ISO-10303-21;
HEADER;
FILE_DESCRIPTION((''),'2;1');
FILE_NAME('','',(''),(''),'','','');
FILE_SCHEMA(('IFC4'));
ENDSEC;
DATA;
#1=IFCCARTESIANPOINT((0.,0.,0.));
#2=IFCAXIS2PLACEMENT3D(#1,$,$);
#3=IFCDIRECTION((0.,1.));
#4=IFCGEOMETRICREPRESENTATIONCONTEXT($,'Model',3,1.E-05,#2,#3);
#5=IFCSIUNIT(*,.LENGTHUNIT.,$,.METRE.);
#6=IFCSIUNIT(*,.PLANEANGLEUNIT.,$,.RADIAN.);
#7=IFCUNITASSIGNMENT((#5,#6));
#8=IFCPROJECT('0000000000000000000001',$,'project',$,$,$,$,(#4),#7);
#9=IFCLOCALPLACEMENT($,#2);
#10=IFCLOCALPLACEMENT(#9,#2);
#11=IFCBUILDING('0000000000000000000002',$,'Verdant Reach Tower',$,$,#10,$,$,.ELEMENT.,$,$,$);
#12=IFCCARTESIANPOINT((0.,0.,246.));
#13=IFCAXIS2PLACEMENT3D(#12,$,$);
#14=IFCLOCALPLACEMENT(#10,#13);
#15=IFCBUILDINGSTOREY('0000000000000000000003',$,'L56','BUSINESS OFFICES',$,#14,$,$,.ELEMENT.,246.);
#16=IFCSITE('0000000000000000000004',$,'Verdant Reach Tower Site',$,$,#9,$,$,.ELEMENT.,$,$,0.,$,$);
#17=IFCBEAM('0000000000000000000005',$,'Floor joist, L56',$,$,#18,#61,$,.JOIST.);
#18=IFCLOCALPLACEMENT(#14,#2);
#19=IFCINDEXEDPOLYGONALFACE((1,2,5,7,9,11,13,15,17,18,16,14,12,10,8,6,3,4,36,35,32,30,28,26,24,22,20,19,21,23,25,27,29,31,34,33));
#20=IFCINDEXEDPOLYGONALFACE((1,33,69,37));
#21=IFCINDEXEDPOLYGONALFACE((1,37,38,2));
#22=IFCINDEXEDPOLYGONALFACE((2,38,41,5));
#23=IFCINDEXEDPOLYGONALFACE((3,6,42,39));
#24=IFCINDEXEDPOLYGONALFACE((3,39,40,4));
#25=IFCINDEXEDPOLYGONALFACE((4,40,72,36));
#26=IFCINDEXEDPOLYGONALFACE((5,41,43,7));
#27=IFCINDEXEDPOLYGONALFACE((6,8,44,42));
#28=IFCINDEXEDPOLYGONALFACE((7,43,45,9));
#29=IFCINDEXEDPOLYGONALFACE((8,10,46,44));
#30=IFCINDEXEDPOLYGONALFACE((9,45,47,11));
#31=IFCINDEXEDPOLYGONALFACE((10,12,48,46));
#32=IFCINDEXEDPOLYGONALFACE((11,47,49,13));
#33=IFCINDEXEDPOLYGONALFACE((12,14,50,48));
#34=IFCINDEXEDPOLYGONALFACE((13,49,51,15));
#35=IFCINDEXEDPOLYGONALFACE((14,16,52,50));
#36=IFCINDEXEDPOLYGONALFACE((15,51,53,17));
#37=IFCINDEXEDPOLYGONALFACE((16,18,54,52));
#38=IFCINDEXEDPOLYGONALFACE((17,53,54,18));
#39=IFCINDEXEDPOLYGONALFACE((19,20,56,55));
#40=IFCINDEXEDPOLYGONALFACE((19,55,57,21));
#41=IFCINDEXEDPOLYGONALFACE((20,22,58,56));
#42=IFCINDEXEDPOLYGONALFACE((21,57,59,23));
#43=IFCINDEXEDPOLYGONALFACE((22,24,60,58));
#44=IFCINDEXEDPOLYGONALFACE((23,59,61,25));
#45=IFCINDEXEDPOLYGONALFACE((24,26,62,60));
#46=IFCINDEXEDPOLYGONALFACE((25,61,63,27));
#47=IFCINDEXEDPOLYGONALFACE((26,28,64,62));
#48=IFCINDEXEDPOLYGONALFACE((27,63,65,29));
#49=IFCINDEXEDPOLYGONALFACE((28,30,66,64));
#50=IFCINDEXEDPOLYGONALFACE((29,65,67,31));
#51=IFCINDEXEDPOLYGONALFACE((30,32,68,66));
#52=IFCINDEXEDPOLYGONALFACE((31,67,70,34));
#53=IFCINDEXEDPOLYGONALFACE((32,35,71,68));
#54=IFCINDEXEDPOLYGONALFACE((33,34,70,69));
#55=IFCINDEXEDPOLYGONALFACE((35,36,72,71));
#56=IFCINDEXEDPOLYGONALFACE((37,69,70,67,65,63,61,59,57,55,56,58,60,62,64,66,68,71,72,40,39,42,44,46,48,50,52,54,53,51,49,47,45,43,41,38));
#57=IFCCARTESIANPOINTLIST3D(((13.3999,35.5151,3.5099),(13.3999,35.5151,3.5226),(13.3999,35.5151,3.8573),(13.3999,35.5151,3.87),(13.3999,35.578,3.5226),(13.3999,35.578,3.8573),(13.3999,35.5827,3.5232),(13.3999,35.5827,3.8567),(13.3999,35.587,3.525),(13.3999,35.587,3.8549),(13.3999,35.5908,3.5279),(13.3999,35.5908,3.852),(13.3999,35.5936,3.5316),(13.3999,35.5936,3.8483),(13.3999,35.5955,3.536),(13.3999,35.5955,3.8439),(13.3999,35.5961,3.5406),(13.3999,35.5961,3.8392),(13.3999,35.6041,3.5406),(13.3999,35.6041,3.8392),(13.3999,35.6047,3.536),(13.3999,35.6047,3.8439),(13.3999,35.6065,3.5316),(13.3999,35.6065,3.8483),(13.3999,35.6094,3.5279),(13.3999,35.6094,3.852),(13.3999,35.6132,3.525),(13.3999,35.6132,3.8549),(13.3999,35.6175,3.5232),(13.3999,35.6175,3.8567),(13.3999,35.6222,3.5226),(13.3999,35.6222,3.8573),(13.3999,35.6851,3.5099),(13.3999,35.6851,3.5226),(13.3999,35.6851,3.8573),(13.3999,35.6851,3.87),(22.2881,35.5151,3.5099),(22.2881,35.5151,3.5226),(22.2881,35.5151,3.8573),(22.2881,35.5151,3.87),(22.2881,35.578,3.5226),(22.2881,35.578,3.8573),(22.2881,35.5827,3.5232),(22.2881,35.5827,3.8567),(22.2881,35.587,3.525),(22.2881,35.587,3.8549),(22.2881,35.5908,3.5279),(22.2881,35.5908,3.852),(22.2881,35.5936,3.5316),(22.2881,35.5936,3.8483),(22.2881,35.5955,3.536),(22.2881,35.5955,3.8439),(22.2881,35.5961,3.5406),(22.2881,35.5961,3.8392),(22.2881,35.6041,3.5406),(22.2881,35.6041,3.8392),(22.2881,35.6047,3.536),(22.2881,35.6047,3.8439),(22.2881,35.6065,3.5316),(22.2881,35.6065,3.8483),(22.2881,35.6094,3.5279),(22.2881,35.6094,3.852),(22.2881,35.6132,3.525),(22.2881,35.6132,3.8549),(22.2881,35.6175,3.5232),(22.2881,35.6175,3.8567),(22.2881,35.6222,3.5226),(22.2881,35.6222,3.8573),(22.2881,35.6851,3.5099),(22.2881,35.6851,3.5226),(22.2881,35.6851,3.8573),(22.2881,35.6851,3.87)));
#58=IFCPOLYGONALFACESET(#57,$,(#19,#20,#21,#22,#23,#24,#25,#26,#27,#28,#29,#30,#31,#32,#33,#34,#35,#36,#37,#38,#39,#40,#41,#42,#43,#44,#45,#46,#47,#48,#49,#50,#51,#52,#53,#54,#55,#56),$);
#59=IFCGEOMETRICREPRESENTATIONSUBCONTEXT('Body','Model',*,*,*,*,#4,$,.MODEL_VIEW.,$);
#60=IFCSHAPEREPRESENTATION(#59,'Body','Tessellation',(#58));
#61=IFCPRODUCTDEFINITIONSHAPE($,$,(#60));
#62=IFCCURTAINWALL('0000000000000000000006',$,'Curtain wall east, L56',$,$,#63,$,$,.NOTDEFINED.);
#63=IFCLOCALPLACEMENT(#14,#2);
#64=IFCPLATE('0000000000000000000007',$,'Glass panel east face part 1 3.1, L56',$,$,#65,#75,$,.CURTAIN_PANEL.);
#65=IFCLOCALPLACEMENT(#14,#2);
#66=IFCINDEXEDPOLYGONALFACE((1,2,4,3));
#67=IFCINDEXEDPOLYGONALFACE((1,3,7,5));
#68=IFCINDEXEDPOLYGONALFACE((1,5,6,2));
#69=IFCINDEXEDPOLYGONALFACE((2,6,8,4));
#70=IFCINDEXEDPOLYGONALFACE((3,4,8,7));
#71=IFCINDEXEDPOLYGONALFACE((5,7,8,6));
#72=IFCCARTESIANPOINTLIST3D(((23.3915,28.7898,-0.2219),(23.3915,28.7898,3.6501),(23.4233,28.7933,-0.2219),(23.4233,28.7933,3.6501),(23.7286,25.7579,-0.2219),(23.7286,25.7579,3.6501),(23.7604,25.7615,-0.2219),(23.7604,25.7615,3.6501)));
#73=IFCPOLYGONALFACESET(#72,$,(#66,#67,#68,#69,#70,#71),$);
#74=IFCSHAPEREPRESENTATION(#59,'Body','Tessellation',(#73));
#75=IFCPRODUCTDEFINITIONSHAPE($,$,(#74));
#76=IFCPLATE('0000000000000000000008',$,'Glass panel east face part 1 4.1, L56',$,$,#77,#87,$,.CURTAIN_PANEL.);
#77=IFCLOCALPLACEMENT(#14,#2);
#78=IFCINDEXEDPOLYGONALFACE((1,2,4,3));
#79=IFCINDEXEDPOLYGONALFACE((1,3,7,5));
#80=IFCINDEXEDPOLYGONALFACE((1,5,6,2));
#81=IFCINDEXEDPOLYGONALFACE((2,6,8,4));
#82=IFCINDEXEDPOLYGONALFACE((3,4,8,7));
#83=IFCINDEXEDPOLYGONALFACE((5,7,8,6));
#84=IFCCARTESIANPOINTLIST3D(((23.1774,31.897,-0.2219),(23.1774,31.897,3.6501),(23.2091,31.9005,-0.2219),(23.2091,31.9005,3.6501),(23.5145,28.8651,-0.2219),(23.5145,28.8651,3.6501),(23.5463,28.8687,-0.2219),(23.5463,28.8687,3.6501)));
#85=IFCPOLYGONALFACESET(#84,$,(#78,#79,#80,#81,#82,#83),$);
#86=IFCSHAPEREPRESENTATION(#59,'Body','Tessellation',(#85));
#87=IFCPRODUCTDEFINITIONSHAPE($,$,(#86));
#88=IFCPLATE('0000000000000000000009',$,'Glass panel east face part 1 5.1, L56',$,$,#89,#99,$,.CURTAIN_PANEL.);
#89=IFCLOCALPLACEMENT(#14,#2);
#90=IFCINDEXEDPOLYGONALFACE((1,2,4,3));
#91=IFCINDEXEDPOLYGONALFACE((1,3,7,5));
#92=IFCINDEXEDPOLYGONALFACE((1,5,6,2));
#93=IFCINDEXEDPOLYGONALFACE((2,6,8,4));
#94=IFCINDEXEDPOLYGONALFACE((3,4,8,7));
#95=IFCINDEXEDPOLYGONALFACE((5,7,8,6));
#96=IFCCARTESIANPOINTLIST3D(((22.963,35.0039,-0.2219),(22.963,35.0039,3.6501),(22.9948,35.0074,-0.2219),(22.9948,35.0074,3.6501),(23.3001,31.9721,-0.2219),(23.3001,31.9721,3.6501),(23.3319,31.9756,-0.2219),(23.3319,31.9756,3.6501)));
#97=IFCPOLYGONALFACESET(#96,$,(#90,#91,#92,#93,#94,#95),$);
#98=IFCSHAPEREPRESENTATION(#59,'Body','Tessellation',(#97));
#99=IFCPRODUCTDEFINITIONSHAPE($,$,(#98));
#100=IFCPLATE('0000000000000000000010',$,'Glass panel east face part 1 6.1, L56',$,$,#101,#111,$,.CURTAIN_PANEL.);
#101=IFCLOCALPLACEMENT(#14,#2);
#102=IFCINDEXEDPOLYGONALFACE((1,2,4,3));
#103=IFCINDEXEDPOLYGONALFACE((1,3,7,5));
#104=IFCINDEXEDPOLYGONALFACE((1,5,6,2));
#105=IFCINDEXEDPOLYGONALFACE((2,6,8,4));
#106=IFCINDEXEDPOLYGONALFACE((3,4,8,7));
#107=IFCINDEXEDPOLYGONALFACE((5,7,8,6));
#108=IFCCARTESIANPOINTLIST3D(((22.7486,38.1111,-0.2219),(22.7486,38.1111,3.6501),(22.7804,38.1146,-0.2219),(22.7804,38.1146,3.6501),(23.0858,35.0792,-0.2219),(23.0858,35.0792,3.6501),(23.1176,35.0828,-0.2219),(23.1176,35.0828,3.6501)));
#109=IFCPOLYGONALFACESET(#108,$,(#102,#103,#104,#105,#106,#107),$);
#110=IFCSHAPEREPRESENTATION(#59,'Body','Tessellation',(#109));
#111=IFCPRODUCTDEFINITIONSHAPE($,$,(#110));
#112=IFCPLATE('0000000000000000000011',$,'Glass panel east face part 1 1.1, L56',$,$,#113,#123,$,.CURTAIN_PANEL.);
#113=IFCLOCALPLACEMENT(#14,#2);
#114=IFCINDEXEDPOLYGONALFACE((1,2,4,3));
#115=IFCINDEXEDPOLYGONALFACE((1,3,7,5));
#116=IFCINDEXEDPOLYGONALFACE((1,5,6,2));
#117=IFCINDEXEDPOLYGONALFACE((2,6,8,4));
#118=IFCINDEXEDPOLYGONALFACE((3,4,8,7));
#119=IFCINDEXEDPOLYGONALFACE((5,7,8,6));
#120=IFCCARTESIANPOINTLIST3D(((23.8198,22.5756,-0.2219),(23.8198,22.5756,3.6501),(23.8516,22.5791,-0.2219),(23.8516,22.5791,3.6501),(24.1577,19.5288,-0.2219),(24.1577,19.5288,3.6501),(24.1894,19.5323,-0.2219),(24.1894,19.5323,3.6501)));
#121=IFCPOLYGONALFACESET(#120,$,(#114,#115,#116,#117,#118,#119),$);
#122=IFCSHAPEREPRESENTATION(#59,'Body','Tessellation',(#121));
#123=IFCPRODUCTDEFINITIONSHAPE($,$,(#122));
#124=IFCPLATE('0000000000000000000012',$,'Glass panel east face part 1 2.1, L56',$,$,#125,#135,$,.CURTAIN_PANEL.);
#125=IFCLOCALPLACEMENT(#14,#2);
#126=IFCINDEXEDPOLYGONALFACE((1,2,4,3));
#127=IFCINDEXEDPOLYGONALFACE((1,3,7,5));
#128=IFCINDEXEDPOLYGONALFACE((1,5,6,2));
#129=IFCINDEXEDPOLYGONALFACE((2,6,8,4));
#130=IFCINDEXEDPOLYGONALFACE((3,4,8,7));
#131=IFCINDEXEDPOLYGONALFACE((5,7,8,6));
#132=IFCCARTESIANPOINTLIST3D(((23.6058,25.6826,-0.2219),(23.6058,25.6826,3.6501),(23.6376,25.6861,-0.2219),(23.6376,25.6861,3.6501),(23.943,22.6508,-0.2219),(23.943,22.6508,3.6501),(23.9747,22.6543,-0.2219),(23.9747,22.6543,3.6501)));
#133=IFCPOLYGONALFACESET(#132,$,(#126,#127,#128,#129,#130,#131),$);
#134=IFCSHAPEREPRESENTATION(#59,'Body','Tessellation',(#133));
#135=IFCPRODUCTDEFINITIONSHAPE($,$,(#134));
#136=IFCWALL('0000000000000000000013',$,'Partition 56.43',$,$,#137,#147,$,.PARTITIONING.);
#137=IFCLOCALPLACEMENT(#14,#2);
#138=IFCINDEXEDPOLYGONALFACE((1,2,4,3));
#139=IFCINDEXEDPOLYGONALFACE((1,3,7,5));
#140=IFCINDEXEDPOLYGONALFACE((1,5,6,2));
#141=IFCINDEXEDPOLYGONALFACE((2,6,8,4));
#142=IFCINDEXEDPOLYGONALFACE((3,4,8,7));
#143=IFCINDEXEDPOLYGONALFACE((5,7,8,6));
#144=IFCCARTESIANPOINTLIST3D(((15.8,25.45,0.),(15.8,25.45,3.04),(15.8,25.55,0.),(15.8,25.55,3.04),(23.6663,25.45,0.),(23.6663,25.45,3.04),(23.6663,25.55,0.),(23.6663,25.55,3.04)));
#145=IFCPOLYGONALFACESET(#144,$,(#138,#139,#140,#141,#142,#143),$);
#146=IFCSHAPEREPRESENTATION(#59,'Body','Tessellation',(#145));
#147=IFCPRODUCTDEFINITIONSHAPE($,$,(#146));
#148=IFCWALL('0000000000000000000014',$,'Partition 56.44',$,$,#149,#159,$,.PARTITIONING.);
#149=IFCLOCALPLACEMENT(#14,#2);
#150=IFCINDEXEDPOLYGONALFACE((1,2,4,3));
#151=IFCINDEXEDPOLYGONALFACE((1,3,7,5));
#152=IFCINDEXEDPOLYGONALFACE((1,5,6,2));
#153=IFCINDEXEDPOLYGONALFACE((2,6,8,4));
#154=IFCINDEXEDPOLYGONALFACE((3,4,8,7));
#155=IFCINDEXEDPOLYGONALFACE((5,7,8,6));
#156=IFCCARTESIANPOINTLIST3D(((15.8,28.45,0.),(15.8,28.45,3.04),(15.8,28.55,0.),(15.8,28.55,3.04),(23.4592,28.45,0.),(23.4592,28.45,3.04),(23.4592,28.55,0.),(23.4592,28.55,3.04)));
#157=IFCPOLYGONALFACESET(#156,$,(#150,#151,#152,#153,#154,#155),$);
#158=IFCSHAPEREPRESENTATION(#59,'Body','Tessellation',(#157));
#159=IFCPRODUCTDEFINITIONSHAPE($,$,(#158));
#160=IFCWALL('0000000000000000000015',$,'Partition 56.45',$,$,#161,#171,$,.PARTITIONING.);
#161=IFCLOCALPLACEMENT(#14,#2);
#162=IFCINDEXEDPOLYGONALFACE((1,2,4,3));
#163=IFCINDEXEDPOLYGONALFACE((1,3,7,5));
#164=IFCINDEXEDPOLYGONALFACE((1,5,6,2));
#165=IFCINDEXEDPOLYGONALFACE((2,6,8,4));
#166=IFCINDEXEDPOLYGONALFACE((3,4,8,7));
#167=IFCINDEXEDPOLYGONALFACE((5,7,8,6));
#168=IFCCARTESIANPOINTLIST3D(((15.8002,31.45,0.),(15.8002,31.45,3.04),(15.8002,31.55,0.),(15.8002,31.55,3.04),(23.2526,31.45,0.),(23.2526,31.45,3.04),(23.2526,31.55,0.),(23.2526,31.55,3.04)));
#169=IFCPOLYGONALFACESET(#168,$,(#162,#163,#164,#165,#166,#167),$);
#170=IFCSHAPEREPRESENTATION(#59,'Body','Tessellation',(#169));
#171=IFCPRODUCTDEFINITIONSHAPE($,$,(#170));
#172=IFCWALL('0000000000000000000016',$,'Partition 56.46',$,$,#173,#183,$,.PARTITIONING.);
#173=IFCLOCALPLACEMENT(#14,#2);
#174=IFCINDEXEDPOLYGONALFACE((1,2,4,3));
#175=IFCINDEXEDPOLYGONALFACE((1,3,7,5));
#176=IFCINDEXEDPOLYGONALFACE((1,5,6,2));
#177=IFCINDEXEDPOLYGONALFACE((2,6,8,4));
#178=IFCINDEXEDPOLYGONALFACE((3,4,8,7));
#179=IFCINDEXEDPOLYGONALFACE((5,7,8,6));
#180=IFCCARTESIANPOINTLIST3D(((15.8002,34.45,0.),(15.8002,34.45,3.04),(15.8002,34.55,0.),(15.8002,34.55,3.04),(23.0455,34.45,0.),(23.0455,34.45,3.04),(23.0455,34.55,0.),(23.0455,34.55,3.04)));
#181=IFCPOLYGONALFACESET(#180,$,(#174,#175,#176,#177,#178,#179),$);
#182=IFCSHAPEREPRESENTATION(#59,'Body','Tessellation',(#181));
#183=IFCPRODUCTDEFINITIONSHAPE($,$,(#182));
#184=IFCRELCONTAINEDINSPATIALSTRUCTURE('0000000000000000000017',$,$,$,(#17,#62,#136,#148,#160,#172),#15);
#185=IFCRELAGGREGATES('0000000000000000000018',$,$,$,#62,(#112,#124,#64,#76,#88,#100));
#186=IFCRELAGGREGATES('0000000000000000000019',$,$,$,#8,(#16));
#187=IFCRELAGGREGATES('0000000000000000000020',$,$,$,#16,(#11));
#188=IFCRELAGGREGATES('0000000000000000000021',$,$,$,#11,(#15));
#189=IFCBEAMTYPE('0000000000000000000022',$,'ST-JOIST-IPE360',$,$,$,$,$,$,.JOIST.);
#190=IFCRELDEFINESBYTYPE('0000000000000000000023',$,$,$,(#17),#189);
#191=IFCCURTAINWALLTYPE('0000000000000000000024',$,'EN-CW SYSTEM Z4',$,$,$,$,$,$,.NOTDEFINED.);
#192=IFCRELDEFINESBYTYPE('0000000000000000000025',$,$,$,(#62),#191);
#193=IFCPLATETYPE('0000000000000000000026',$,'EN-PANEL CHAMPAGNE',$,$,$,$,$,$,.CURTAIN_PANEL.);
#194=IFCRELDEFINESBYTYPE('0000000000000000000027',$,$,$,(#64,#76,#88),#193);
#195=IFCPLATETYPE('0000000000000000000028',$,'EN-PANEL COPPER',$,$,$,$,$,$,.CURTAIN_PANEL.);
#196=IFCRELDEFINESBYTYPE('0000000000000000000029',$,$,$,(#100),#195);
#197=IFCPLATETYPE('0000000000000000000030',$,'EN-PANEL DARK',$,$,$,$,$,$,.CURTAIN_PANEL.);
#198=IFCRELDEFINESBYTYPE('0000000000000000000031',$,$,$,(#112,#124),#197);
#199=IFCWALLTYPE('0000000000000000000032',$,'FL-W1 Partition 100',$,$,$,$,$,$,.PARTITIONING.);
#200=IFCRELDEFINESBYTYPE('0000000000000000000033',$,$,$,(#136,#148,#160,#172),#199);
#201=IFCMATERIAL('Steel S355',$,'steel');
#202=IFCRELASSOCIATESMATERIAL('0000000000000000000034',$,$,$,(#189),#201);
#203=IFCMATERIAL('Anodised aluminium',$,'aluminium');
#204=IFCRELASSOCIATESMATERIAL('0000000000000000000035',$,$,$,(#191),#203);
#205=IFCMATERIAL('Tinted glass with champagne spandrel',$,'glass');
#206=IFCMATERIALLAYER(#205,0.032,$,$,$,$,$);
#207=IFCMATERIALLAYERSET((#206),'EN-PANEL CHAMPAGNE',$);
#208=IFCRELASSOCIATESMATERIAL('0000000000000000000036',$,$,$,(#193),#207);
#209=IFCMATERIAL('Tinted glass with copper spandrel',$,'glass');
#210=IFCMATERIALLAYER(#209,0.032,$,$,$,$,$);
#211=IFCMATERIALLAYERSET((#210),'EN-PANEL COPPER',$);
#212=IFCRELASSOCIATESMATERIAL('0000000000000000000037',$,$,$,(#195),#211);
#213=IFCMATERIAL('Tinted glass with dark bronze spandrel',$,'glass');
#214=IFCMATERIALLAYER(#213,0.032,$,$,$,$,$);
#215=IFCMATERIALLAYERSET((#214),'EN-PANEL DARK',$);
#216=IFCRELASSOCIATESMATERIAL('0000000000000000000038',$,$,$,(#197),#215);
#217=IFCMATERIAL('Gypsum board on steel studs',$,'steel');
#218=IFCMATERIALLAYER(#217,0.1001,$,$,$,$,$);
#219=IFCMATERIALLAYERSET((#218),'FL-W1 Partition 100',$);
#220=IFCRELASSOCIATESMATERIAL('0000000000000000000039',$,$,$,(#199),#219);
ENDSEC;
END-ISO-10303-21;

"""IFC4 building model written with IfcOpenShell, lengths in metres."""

from ifc_helpers import new_model, si_unit, direction, frame, frame_2d, origin, origin_2d, place, context, subcontext, project, spatial, rectangle, i_section, extrude, material, layer, layer_set, material_profile, profile_set, type_object, element, aggregate, save


model = new_model("IFC4")

# Units and contexts
model_context = context("Model", 3, precision=1e-05, world=origin(), true_north=direction((0.0, 1.0)))
body_context = subcontext(model_context, "Body", "Model", "MODEL_VIEW")
ifc_project = project(units=[si_unit("LENGTHUNIT", "METRE"), si_unit("PLANEANGLEUNIT", "RADIAN")], contexts=[model_context])

# Site, building, storey
site_placement = place(None, origin())
site = spatial("IfcSite", under=ifc_project, at=site_placement, Name="Verdant Reach Tower Site", CompositionType="ELEMENT", RefElevation=0.0)
building_placement = place(site_placement, origin())
building = spatial("IfcBuilding", under=site, at=building_placement, Name="Verdant Reach Tower", CompositionType="ELEMENT")
storey_placement = place(building_placement, frame((0.0, 0.0, 246.0)))
storey = spatial("IfcBuildingStorey", under=building, at=storey_placement, Name="L56", Description="BUSINESS OFFICES", CompositionType="ELEMENT", Elevation=246.0)

# Beam
ifc_material_1 = material(Name="Steel S355", Category="steel")
ifc_material_profile_1 = material_profile(ifc_material_1, i_section(OverallWidth=0.1699, OverallDepth=0.3601, WebThickness=0.0081, FlangeThickness=0.0127, FilletRadius=0.0181, at=origin_2d()), Name="IPE 360")
ifc_profile_set_1 = profile_set([ifc_material_profile_1], Name="Steel S355")
beam_type_1 = type_object("IfcBeamType", Name="ST-JOIST-IPE360", PredefinedType="JOIST", material=ifc_profile_set_1)
beam_1_placement = place(storey_placement, frame((13.3999, 35.6001, 3.6899), z_axis=(1.0, 0.0, 0.0), x_axis=(0.0, 1.0, 0.0)))
element("IfcBeam", 1, at=beam_1_placement, inside=storey, type_object=beam_type_1, Name="Floor joist, L56", PredefinedType="JOIST", context=body_context, shape_type="SweptSolid", body=[
    extrude(i_section(OverallWidth=0.1699, OverallDepth=0.3601, WebThickness=0.0081, FlangeThickness=0.0127, FilletRadius=0.0181, at=origin_2d()), origin(), (0.0, 0.0, 1.0), 8.8882),
])

# Curtain wall, plates
ifc_material_2 = material(Name="Anodised aluminium", Category="aluminium")
curtain_wall_type = type_object("IfcCurtainWallType", Name="EN-CW SYSTEM Z4", PredefinedType="NOTDEFINED", material=ifc_material_2)
curtain_wall_placement = place(storey_placement, origin())
curtain_wall = element("IfcCurtainWall", 2, at=curtain_wall_placement, inside=storey, type_object=curtain_wall_type, Name="Curtain wall east, L56", PredefinedType="NOTDEFINED")
ifc_material_3 = material(Name="Tinted glass with champagne spandrel", Category="glass")
ifc_layer_1 = layer(ifc_material_3, 0.032)
ifc_layer_set_1 = layer_set([ifc_layer_1], Name="EN-PANEL CHAMPAGNE")
plate_type_1 = type_object("IfcPlateType", Name="EN-PANEL CHAMPAGNE", PredefinedType="CURTAIN_PANEL", material=ifc_layer_set_1)
plate_1_placement = place(storey_placement, frame((23.5759, 27.2756, -0.2219), z_axis=(0.0, 0.0, 1.0), x_axis=(-0.110518, 0.993874, 0.0)))
plate_1 = element("IfcPlate", 3, at=plate_1_placement, type_object=plate_type_1, Name="Glass panel east face part 1 3.1, L56", PredefinedType="CURTAIN_PANEL", context=body_context, shape_type="SweptSolid", body=[
    extrude(rectangle(XDim=3.0505, YDim=0.032, at=origin_2d()), origin(), (0.0, 0.0, 1.0), 3.8721),
])
plate_2_placement = place(storey_placement, frame((23.3618, 30.3828, -0.2219), z_axis=(0.0, 0.0, 1.0), x_axis=(-0.110518, 0.993874, 0.0)))
plate_2 = element("IfcPlate", 4, at=plate_2_placement, type_object=plate_type_1, Name="Glass panel east face part 1 4.1, L56", PredefinedType="CURTAIN_PANEL", context=body_context, shape_type="SweptSolid", body=[
    extrude(rectangle(XDim=3.0505, YDim=0.032, at=origin_2d()), origin(), (0.0, 0.0, 1.0), 3.8721),
])
plate_3_placement = place(storey_placement, frame((23.1475, 33.4897, -0.2219), z_axis=(0.0, 0.0, 1.0), x_axis=(-0.110518, 0.993874, 0.0)))
plate_3 = element("IfcPlate", 5, at=plate_3_placement, type_object=plate_type_1, Name="Glass panel east face part 1 5.1, L56", PredefinedType="CURTAIN_PANEL", context=body_context, shape_type="SweptSolid", body=[
    extrude(rectangle(XDim=3.0505, YDim=0.032, at=origin_2d()), origin(), (0.0, 0.0, 1.0), 3.8721),
])
ifc_material_4 = material(Name="Tinted glass with copper spandrel", Category="glass")
ifc_layer_2 = layer(ifc_material_4, 0.032)
ifc_layer_set_2 = layer_set([ifc_layer_2], Name="EN-PANEL COPPER")
plate_type_2 = type_object("IfcPlateType", Name="EN-PANEL COPPER", PredefinedType="CURTAIN_PANEL", material=ifc_layer_set_2)
plate_4_placement = place(storey_placement, frame((22.9331, 36.5969, -0.2219), z_axis=(0.0, 0.0, 1.0), x_axis=(-0.110518, 0.993874, 0.0)))
plate_4 = element("IfcPlate", 6, at=plate_4_placement, type_object=plate_type_2, Name="Glass panel east face part 1 6.1, L56", PredefinedType="CURTAIN_PANEL", context=body_context, shape_type="SweptSolid", body=[
    extrude(rectangle(XDim=3.0505, YDim=0.032, at=origin_2d()), origin(), (0.0, 0.0, 1.0), 3.8721),
])
ifc_material_5 = material(Name="Tinted glass with dark bronze spandrel", Category="glass")
ifc_layer_3 = layer(ifc_material_5, 0.032)
ifc_layer_set_3 = layer_set([ifc_layer_3], Name="EN-PANEL DARK")
plate_type_3 = type_object("IfcPlateType", Name="EN-PANEL DARK", PredefinedType="CURTAIN_PANEL", material=ifc_layer_set_3)
plate_5_placement = place(storey_placement, frame((24.0046, 21.054, -0.2219), z_axis=(0.0, 0.0, 1.0), x_axis=(-0.110206, 0.993909, 0.0)))
plate_5 = element("IfcPlate", 7, at=plate_5_placement, type_object=plate_type_3, Name="Glass panel east face part 1 1.1, L56", PredefinedType="CURTAIN_PANEL", context=body_context, shape_type="SweptSolid", body=[
    extrude(rectangle(XDim=3.0654, YDim=0.032, at=origin_2d()), origin(), (0.0, 0.0, 1.0), 3.8721),
])
plate_6_placement = place(storey_placement, frame((23.7903, 24.1685, -0.2219), z_axis=(0.0, 0.0, 1.0), x_axis=(-0.110518, 0.993874, 0.0)))
plate_6 = element("IfcPlate", 8, at=plate_6_placement, type_object=plate_type_3, Name="Glass panel east face part 1 2.1, L56", PredefinedType="CURTAIN_PANEL", context=body_context, shape_type="SweptSolid", body=[
    extrude(rectangle(XDim=3.0505, YDim=0.032, at=origin_2d()), origin(), (0.0, 0.0, 1.0), 3.8721),
])
aggregate(curtain_wall, [plate_5, plate_6, plate_1, plate_2, plate_3, plate_4])

# Walls
ifc_material_6 = material(Name="Gypsum board on steel studs", Category="steel")
ifc_layer_4 = layer(ifc_material_6, 0.1001)
ifc_layer_set_4 = layer_set([ifc_layer_4], Name="FL-W1 Partition 100")
wall_type_1 = type_object("IfcWallType", Name="FL-W1 Partition 100", PredefinedType="PARTITIONING", material=ifc_layer_set_4)
wall_1_placement = place(storey_placement, frame((23.6663, 25.5, 0.0), z_axis=(0.0, 0.0, 1.0), x_axis=(-1.0, 0.0, 0.0)))
element("IfcWall", 9, at=wall_1_placement, inside=storey, type_object=wall_type_1, Name="Partition 56.43", PredefinedType="PARTITIONING", context=body_context, shape_type="SweptSolid", body=[
    extrude(rectangle(XDim=7.8662, YDim=0.1001, at=frame_2d((3.9331, 0.0))), origin(), (0.0, 0.0, 1.0), 3.04),
])
wall_2_placement = place(storey_placement, frame((23.4592, 28.5, 0.0), z_axis=(0.0, 0.0, 1.0), x_axis=(-1.0, 0.0, 0.0)))
element("IfcWall", 10, at=wall_2_placement, inside=storey, type_object=wall_type_1, Name="Partition 56.44", PredefinedType="PARTITIONING", context=body_context, shape_type="SweptSolid", body=[
    extrude(rectangle(XDim=7.6592, YDim=0.1001, at=frame_2d((3.8296, 0.0))), origin(), (0.0, 0.0, 1.0), 3.04),
])
wall_3_placement = place(storey_placement, frame((23.2524, 31.5, 0.0), z_axis=(0.0, 0.0, 1.0), x_axis=(-1.0, 0.0, 0.0)))
element("IfcWall", 11, at=wall_3_placement, inside=storey, type_object=wall_type_1, Name="Partition 56.45", PredefinedType="PARTITIONING", context=body_context, shape_type="SweptSolid", body=[
    extrude(rectangle(XDim=7.4524, YDim=0.1001, at=frame_2d((3.7261, 0.0))), origin(), (0.0, 0.0, 1.0), 3.04),
])
wall_4_placement = place(storey_placement, frame((23.0454, 34.5, 0.0), z_axis=(0.0, 0.0, 1.0), x_axis=(-1.0, 0.0, 0.0)))
element("IfcWall", 12, at=wall_4_placement, inside=storey, type_object=wall_type_1, Name="Partition 56.46", PredefinedType="PARTITIONING", context=body_context, shape_type="SweptSolid", body=[
    extrude(rectangle(XDim=7.2454, YDim=0.1001, at=frame_2d((3.6226, 0.0))), origin(), (0.0, 0.0, 1.0), 3.04),
])

save(model, "model.ifc")
